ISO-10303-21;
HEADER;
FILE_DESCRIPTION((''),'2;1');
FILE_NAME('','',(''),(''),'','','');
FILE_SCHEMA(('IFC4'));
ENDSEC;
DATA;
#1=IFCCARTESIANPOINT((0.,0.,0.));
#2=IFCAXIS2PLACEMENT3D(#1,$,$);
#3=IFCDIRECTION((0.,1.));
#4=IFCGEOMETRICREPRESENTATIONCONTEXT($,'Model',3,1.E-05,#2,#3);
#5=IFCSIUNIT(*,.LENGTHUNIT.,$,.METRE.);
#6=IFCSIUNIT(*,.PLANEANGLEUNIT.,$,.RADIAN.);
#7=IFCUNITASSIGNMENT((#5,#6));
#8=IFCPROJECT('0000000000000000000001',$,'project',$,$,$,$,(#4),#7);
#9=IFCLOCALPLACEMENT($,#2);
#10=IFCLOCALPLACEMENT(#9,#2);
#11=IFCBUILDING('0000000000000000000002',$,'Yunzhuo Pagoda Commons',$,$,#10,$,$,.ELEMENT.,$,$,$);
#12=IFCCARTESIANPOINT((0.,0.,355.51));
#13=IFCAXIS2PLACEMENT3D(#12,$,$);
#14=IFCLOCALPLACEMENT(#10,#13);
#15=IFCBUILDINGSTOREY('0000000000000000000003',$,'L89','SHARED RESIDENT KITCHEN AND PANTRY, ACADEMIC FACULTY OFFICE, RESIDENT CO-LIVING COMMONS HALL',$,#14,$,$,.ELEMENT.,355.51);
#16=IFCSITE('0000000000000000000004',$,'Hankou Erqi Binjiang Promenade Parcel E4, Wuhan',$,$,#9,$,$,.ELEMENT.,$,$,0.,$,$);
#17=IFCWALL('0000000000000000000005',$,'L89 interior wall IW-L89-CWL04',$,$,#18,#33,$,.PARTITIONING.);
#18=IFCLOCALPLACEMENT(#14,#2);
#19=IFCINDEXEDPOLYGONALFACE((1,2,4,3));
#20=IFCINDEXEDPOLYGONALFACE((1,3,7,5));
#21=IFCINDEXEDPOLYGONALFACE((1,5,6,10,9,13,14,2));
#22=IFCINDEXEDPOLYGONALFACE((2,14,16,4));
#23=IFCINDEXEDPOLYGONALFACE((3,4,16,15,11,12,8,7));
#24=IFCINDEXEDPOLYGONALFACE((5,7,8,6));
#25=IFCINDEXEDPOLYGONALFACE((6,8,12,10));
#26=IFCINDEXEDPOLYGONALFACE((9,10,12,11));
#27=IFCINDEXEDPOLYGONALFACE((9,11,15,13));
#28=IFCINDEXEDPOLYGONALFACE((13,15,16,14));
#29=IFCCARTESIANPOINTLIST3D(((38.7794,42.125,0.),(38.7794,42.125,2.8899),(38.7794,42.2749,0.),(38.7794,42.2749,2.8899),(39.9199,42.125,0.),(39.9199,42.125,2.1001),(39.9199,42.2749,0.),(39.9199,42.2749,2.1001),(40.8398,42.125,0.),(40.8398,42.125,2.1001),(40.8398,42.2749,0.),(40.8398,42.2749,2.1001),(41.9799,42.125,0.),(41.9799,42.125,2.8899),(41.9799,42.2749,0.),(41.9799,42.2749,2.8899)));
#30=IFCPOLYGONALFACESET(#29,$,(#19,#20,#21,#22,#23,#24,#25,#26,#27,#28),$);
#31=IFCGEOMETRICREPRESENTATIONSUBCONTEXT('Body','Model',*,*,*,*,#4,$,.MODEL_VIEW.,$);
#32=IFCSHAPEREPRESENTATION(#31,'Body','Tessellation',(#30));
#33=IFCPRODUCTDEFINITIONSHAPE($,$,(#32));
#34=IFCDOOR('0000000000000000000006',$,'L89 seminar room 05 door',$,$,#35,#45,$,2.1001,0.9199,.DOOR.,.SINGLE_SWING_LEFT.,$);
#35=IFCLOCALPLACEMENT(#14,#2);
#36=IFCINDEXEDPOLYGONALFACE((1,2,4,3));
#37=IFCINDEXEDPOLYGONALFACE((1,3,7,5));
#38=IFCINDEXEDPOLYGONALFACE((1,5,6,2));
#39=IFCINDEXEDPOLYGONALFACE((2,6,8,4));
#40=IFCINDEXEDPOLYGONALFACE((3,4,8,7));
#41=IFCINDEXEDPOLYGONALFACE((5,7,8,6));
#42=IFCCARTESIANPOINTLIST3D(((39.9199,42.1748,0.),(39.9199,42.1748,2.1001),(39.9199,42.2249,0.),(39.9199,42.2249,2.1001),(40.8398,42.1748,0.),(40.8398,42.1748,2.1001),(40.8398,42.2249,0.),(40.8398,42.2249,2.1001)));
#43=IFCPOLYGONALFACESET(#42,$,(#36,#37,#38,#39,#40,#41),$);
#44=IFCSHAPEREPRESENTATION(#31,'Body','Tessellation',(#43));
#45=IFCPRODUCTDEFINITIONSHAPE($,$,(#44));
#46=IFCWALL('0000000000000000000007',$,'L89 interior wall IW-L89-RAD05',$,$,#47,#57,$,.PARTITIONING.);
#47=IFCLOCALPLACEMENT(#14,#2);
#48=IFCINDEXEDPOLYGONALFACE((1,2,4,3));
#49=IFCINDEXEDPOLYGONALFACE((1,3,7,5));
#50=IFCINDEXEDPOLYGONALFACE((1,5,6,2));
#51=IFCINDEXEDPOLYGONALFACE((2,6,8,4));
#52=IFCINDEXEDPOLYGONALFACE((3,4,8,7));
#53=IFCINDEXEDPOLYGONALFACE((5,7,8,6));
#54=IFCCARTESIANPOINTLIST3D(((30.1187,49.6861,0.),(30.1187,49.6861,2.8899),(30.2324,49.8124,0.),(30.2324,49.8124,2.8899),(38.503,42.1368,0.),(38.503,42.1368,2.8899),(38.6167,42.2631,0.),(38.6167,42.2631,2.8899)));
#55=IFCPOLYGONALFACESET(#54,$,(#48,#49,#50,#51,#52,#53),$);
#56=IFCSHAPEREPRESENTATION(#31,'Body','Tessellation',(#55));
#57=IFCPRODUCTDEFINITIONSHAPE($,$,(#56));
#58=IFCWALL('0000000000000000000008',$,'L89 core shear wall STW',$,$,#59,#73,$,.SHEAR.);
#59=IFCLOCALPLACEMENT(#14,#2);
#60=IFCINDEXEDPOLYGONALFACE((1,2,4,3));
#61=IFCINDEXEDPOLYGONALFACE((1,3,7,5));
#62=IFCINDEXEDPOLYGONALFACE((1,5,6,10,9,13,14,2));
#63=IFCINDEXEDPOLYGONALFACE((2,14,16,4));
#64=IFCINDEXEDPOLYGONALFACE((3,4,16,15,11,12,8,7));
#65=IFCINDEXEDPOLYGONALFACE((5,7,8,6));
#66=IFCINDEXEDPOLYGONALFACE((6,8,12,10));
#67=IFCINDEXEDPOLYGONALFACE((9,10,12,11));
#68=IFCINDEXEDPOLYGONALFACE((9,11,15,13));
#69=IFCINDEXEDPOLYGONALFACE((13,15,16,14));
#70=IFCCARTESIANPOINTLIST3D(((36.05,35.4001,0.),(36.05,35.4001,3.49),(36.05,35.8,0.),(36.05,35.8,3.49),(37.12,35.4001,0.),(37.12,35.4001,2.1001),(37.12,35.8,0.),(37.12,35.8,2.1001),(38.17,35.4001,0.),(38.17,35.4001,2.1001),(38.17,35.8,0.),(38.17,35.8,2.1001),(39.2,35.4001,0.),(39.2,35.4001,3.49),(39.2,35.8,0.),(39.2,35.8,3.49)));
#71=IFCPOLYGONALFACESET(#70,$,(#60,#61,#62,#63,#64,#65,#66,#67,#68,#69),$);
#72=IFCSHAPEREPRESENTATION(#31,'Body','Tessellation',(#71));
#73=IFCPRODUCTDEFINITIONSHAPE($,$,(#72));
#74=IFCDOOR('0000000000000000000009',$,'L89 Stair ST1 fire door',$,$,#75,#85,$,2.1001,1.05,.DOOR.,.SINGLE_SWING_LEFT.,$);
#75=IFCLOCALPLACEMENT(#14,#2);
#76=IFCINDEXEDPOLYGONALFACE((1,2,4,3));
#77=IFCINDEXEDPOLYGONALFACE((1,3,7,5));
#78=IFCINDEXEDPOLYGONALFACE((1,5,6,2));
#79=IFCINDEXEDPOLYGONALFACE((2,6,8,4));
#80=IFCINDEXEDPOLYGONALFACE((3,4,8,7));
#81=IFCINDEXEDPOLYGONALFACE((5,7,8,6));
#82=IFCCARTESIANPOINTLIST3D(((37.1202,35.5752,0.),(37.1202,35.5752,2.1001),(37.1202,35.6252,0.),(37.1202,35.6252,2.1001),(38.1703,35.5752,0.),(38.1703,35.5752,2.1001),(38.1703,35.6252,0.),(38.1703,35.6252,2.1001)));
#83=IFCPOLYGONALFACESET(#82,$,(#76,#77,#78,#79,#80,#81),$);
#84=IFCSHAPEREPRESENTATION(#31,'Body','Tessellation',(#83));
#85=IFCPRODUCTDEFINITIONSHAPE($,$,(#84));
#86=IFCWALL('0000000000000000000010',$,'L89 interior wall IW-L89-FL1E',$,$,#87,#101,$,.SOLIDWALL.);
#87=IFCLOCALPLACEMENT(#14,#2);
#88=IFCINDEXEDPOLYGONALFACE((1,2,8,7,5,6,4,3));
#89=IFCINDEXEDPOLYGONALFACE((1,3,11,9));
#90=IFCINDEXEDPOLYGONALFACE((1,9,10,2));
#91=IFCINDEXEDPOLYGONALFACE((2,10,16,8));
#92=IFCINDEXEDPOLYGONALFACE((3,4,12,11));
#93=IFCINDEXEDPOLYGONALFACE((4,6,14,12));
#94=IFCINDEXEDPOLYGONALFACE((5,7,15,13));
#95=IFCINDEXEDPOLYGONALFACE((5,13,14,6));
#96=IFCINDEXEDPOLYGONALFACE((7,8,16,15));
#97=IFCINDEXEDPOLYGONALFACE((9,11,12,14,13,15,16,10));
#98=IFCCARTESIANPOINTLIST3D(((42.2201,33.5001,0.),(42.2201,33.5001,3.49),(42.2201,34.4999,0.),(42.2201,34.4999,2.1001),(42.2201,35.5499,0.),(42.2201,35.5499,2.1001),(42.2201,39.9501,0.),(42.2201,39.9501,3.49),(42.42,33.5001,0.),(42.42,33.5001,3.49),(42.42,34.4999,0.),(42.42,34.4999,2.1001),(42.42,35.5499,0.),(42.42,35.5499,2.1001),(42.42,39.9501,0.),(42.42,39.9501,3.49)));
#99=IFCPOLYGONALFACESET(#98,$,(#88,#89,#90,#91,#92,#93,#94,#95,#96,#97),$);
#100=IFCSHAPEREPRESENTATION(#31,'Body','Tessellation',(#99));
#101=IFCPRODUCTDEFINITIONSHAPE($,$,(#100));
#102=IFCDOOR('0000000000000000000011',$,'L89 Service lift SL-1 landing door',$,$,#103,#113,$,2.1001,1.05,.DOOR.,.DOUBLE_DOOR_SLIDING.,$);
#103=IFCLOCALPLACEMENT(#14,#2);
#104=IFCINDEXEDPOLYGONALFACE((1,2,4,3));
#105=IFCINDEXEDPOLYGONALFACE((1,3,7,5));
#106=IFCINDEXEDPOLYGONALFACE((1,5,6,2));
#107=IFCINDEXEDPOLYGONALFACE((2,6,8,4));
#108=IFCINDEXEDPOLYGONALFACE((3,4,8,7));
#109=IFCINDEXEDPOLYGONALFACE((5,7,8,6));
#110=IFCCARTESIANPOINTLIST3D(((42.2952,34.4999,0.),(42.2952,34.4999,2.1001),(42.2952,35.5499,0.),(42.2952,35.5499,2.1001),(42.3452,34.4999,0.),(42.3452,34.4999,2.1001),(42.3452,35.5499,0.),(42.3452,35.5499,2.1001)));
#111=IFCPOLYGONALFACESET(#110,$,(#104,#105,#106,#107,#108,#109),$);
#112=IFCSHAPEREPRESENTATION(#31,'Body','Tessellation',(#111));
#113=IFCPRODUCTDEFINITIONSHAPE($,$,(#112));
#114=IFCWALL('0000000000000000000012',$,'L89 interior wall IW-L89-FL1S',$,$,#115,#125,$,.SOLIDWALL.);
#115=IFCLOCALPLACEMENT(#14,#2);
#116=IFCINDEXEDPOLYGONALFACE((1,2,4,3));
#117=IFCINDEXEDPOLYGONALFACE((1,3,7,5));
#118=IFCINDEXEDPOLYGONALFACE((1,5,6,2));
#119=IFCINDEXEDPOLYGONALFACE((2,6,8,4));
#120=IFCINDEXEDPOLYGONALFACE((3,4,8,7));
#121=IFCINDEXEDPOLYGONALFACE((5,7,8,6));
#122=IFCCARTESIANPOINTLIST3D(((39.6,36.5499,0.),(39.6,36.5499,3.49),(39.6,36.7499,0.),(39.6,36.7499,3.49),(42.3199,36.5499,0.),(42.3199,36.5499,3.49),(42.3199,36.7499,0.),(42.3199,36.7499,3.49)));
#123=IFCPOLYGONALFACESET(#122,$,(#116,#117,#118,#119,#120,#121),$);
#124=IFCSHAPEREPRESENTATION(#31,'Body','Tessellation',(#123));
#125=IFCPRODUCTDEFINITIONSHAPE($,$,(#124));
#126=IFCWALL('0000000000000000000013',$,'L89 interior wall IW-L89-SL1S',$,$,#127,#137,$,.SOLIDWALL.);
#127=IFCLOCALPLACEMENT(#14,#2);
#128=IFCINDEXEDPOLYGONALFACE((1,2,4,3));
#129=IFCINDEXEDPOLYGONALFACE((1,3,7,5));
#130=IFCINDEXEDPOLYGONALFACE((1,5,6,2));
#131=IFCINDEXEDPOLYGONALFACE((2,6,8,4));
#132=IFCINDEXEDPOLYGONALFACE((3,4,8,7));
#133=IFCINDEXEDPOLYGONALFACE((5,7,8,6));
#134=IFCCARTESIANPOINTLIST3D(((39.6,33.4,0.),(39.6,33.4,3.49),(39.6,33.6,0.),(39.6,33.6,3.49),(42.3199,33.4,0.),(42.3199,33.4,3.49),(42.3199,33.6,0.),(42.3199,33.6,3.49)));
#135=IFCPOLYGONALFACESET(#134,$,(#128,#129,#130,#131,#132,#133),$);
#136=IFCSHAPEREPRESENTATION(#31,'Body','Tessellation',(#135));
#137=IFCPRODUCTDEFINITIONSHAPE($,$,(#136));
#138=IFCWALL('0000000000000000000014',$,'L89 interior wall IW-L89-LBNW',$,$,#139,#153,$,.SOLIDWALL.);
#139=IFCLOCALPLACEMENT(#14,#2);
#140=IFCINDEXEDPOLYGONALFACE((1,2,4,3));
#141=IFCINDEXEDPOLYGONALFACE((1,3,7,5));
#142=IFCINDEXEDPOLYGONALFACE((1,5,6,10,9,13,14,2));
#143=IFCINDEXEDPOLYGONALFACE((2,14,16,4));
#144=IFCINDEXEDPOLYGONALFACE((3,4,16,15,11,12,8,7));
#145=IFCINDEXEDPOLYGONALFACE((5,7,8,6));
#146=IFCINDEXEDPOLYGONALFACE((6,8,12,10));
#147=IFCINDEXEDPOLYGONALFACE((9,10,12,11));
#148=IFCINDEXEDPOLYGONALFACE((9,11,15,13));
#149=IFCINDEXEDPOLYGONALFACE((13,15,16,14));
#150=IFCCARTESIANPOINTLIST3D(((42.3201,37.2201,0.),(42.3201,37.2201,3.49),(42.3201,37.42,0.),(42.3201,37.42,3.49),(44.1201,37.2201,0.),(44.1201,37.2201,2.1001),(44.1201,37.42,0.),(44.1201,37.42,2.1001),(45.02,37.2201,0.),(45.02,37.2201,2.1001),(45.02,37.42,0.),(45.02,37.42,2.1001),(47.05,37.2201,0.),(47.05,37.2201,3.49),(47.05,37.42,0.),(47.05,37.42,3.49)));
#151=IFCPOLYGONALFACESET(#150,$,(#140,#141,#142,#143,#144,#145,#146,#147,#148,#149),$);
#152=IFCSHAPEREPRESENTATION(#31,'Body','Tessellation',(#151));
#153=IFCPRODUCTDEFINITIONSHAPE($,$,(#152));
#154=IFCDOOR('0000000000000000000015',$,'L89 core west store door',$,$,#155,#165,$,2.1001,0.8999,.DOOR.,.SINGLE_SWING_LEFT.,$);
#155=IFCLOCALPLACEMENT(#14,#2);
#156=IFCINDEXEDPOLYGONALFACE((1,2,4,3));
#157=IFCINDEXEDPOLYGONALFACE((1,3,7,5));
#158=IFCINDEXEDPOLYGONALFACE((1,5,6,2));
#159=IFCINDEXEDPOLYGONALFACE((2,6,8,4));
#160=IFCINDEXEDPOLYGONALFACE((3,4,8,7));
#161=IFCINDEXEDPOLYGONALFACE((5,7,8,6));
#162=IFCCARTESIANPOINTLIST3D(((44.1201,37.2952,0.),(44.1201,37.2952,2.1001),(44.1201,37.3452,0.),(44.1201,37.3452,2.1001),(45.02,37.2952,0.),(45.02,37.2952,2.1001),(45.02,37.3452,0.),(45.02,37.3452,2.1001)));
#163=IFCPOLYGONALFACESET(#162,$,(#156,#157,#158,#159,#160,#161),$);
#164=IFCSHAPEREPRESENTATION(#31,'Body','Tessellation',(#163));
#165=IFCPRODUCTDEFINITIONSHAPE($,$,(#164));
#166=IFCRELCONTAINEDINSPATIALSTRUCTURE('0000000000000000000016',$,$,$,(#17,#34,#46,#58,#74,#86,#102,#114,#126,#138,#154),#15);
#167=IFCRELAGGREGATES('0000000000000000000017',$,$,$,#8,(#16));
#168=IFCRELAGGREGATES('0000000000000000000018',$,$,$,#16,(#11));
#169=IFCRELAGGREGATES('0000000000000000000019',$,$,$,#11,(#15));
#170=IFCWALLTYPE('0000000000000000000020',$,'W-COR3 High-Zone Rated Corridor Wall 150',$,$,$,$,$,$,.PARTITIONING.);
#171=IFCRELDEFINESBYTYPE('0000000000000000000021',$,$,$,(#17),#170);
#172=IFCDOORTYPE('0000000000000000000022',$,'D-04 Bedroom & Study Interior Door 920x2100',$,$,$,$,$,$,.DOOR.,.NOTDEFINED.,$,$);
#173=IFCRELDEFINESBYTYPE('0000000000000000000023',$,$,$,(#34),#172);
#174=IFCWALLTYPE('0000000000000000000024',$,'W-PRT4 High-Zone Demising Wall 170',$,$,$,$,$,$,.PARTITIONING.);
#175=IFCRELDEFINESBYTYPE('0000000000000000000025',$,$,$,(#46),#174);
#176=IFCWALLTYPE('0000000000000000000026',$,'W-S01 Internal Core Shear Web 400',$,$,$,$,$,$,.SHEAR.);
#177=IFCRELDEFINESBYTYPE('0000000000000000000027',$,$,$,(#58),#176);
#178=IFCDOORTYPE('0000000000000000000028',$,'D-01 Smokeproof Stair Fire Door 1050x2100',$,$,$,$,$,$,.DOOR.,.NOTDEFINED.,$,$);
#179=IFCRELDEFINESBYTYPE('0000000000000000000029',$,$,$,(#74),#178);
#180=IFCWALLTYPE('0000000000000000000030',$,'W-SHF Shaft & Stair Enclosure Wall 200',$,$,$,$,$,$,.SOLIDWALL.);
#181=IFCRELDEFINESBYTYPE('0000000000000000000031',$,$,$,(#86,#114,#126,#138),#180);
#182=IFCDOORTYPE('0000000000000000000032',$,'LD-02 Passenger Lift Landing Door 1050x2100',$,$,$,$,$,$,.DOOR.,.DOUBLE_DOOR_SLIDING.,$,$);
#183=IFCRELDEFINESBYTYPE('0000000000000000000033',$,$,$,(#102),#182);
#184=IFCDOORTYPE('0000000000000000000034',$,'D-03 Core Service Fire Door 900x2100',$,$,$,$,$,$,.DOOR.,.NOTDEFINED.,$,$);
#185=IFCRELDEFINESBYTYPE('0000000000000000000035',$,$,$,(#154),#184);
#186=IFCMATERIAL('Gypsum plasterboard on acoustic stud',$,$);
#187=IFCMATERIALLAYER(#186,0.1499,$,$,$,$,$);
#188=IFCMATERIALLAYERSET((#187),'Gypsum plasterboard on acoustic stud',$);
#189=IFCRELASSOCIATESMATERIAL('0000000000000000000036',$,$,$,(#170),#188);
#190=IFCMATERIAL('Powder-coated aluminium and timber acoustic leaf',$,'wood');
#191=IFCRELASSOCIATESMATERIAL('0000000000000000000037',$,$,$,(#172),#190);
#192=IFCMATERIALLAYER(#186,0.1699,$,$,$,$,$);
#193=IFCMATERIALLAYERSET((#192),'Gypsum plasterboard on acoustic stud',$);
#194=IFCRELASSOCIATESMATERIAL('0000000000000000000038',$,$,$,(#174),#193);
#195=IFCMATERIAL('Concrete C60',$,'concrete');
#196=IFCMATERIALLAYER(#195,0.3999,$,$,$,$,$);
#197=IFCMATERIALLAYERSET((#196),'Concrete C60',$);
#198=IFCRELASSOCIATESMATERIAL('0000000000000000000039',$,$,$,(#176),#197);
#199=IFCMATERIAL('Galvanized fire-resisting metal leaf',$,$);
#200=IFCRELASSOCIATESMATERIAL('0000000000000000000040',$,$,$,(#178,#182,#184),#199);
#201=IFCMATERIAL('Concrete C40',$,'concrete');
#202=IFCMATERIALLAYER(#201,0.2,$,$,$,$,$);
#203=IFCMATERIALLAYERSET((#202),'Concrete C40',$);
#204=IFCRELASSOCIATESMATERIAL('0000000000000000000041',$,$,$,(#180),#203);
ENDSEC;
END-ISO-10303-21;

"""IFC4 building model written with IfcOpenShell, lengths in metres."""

from ifc_helpers import new_model, si_unit, direction, frame, frame_2d, origin, origin_with_axes, place, context, subcontext, project, spatial, rectangle, extrude, source, transform, mapped, material, layer, layer_set, type_object, element, fill, save


model = new_model("IFC4")

# Units and contexts
model_context = context("Model", 3, precision=1e-05, world=origin(), true_north=direction((0.0, 1.0)))
body_context = subcontext(model_context, "Body", "Model", "MODEL_VIEW")
ifc_project = project(units=[si_unit("LENGTHUNIT", "METRE"), si_unit("PLANEANGLEUNIT", "RADIAN")], contexts=[model_context])

# Site, building, storey
site_placement = place(None, origin())
site = spatial("IfcSite", under=ifc_project, at=site_placement, Name="Hankou Erqi Binjiang Promenade Parcel E4, Wuhan", CompositionType="ELEMENT", RefElevation=0.0)
building_placement = place(site_placement, origin())
building = spatial("IfcBuilding", under=site, at=building_placement, Name="Yunzhuo Pagoda Commons", CompositionType="ELEMENT")
storey_placement = place(building_placement, frame((0.0, 0.0, 355.51)))
storey = spatial("IfcBuildingStorey", under=building, at=storey_placement, Name="L89", Description="SHARED RESIDENT KITCHEN AND PANTRY, ACADEMIC FACULTY OFFICE, RESIDENT CO-LIVING COMMONS HALL", CompositionType="ELEMENT", Elevation=355.51)

# Shared definitions
ifc_material_1 = material(Name="Gypsum plasterboard on acoustic stud")
ifc_layer_1 = layer(ifc_material_1, 0.1499)
ifc_layer_set_1 = layer_set([ifc_layer_1], Name="Gypsum plasterboard on acoustic stud")
wall_type_1 = type_object("IfcWallType", Name="W-COR3 High-Zone Rated Corridor Wall 150", PredefinedType="PARTITIONING", material=ifc_layer_set_1)
ifc_material_2 = material(Name="Powder-coated aluminium and timber acoustic leaf", Category="wood")
door_type_1 = type_object("IfcDoorType", Name="D-04 Bedroom & Study Interior Door 920x2100", OperationType="NOTDEFINED", PredefinedType="DOOR", material=ifc_material_2)
shared_shape_1 = source(origin(), body_context, "Body", "SweptSolid", [
    extrude(rectangle(XDim=0.9199, YDim=2.1001, at=frame_2d((0.46, 1.05))), frame((0.0, 0.0249, 0.0), z_axis=(0.0, -1.0, 0.0), x_axis=(1.0, 0.0, 0.0)), (0.0, 0.0, 1.0), 0.05),
])

# Wall, opening, door
wall_1_placement = place(storey_placement, frame((38.7795, 42.2, 0.0), z_axis=(0.0, 0.0, 1.0), x_axis=(1.0, 0.0, 0.0)))
wall_1 = element("IfcWall", 1, at=wall_1_placement, inside=storey, type_object=wall_type_1, Name="L89 interior wall IW-L89-CWL04", PredefinedType="PARTITIONING", context=body_context, shape_type="SweptSolid", body=[
    extrude(rectangle(XDim=3.2004, YDim=0.1499, at=frame_2d((1.6001, 0.0))), origin(), (0.0, 0.0, 1.0), 2.8899),
])
opening_1_placement = place(wall_1_placement, frame((1.1404, 0.0, 0.0)))
opening_1 = element("IfcOpeningElement", 2, at=opening_1_placement, cuts=wall_1, PredefinedType="OPENING", context=body_context, shape_type="SweptSolid", body=[
    extrude(rectangle(XDim=0.9199, YDim=2.1001, at=frame_2d((0.46, 1.05))), frame((0.0, 0.085, 0.0), z_axis=(0.0, -1.0, 0.0), x_axis=(1.0, 0.0, 0.0)), (0.0, 0.0, 1.0), 0.1699),
])
door_1_placement = place(opening_1_placement, origin_with_axes())
door_1 = element("IfcDoor", 3, at=door_1_placement, inside=storey, type_object=door_type_1, Name="L89 seminar room 05 door", OperationType="SINGLE_SWING_LEFT", OverallHeight=2.1001, OverallWidth=0.9199, PredefinedType="DOOR", context=body_context, shape_type="MappedRepresentation", body=[
    mapped(shared_shape_1, transform((0.0, 0.0, 0.0), scale=1.0)),
])
fill(opening_1, door_1)

# Wall
ifc_layer_2 = layer(ifc_material_1, 0.1699)
ifc_layer_set_2 = layer_set([ifc_layer_2], Name="Gypsum plasterboard on acoustic stud")
wall_type_2 = type_object("IfcWallType", Name="W-PRT4 High-Zone Demising Wall 170", PredefinedType="PARTITIONING", material=ifc_layer_set_2)
wall_2_placement = place(storey_placement, frame((38.5598, 42.2, 0.0), z_axis=(0.0, 0.0, 1.0), x_axis=(-0.743141, 0.669134, 0.0)))
element("IfcWall", 4, at=wall_2_placement, inside=storey, type_object=wall_type_2, Name="L89 interior wall IW-L89-RAD05", PredefinedType="PARTITIONING", context=body_context, shape_type="SweptSolid", body=[
    extrude(rectangle(XDim=11.2822, YDim=0.1699, at=frame_2d((5.6411, 0.0))), origin(), (0.0, 0.0, 1.0), 2.8899),
])

# Walls, openings, doors
ifc_material_3 = material(Name="Concrete C60", Category="concrete")
ifc_layer_3 = layer(ifc_material_3, 0.3999)
ifc_layer_set_3 = layer_set([ifc_layer_3], Name="Concrete C60")
wall_type_3 = type_object("IfcWallType", Name="W-S01 Internal Core Shear Web 400", PredefinedType="SHEAR", material=ifc_layer_set_3)
wall_3_placement = place(storey_placement, frame((36.05, 35.6001, 0.0), z_axis=(0.0, 0.0, 1.0), x_axis=(1.0, 0.0, 0.0)))
wall_3 = element("IfcWall", 5, at=wall_3_placement, inside=storey, type_object=wall_type_3, Name="L89 core shear wall STW", PredefinedType="SHEAR", context=body_context, shape_type="SweptSolid", body=[
    extrude(rectangle(XDim=3.1499, YDim=0.3999, at=frame_2d((1.575, 0.0))), origin(), (0.0, 0.0, 1.0), 3.49),
])
opening_2_placement = place(wall_3_placement, frame((1.0701, 0.0, 0.0)))
opening_2 = element("IfcOpeningElement", 6, at=opening_2_placement, cuts=wall_3, PredefinedType="OPENING", context=body_context, shape_type="SweptSolid", body=[
    extrude(rectangle(XDim=1.05, YDim=2.1001, at=frame_2d((0.5249, 1.05))), frame((0.0, 0.21, 0.0), z_axis=(0.0, -1.0, 0.0), x_axis=(1.0, 0.0, 0.0)), (0.0, 0.0, 1.0), 0.4199),
])
ifc_material_4 = material(Name="Galvanized fire-resisting metal leaf")
door_type_2 = type_object("IfcDoorType", Name="D-01 Smokeproof Stair Fire Door 1050x2100", OperationType="NOTDEFINED", PredefinedType="DOOR", material=ifc_material_4)
shared_shape_2 = source(origin(), body_context, "Body", "SweptSolid", [
    extrude(rectangle(XDim=1.05, YDim=2.1001, at=frame_2d((0.5249, 1.05))), frame((0.0, 0.0249, 0.0), z_axis=(0.0, -1.0, 0.0), x_axis=(1.0, 0.0, 0.0)), (0.0, 0.0, 1.0), 0.05),
])
door_2_placement = place(opening_2_placement, frame((1.05, 0.0, 0.0), z_axis=(0.0, 0.0, 1.0), x_axis=(-1.0, 0.0, 0.0)))
door_2 = element("IfcDoor", 7, at=door_2_placement, inside=storey, type_object=door_type_2, Name="L89 Stair ST1 fire door", OperationType="SINGLE_SWING_LEFT", OverallHeight=2.1001, OverallWidth=1.05, PredefinedType="DOOR", context=body_context, shape_type="MappedRepresentation", body=[
    mapped(shared_shape_2, transform((0.0, 0.0, 0.0), scale=1.0)),
])
fill(opening_2, door_2)
ifc_material_5 = material(Name="Concrete C40", Category="concrete")
ifc_layer_4 = layer(ifc_material_5, 0.2)
ifc_layer_set_4 = layer_set([ifc_layer_4], Name="Concrete C40")
wall_type_4 = type_object("IfcWallType", Name="W-SHF Shaft & Stair Enclosure Wall 200", PredefinedType="SOLIDWALL", material=ifc_layer_set_4)
wall_4_placement = place(storey_placement, frame((42.3201, 33.5, 0.0), z_axis=(0.0, 0.0, 1.0), x_axis=(0.0, 1.0, 0.0)))
wall_4 = element("IfcWall", 8, at=wall_4_placement, inside=storey, type_object=wall_type_4, Name="L89 interior wall IW-L89-FL1E", PredefinedType="SOLIDWALL", context=body_context, shape_type="SweptSolid", body=[
    extrude(rectangle(XDim=6.45, YDim=0.2, at=frame_2d((3.2251, 0.0))), origin(), (0.0, 0.0, 1.0), 3.49),
])
opening_3_placement = place(wall_4_placement, frame((1.0, 0.0, 0.0)))
opening_3 = element("IfcOpeningElement", 9, at=opening_3_placement, cuts=wall_4, PredefinedType="OPENING", context=body_context, shape_type="SweptSolid", body=[
    extrude(rectangle(XDim=1.05, YDim=2.1001, at=frame_2d((0.5249, 1.05))), frame((0.0, 0.1099, 0.0), z_axis=(0.0, -1.0, 0.0), x_axis=(1.0, 0.0, 0.0)), (0.0, 0.0, 1.0), 0.22),
])
door_type_3 = type_object("IfcDoorType", Name="LD-02 Passenger Lift Landing Door 1050x2100", OperationType="DOUBLE_DOOR_SLIDING", PredefinedType="DOOR", material=ifc_material_4)
door_3_placement = place(opening_3_placement, origin_with_axes())
door_3 = element("IfcDoor", 10, at=door_3_placement, inside=storey, type_object=door_type_3, Name="L89 Service lift SL-1 landing door", OperationType="DOUBLE_DOOR_SLIDING", OverallHeight=2.1001, OverallWidth=1.05, PredefinedType="DOOR", context=body_context, shape_type="MappedRepresentation", body=[
    mapped(shared_shape_2, transform((0.0, 0.0, 0.0), scale=1.0)),
])
fill(opening_3, door_3)

# Walls
for number, where, z_axis, x_axis, name in (
    (11, (39.6001, 36.6499, 0.0), (0.0, 0.0, 1.0), (1.0, 0.0, 0.0), "L89 interior wall IW-L89-FL1S"),
    (12, (39.6001, 33.5, 0.0), (0.0, 0.0, 1.0), (1.0, 0.0, 0.0), "L89 interior wall IW-L89-SL1S"),
):
    element("IfcWall", number, at=place(storey_placement, frame(where, z_axis=z_axis, x_axis=x_axis)), inside=storey, type_object=wall_type_4, Name=name, PredefinedType="SOLIDWALL", context=body_context, shape_type="SweptSolid", body=[
        extrude(rectangle(XDim=2.72, YDim=0.2, at=frame_2d((1.3599, 0.0))), origin(), (0.0, 0.0, 1.0), 3.49),
    ])

# Wall, opening, door
wall_5_placement = place(storey_placement, frame((42.3201, 37.3201, 0.0), z_axis=(0.0, 0.0, 1.0), x_axis=(1.0, 0.0, 0.0)))
wall_5 = element("IfcWall", 13, at=wall_5_placement, inside=storey, type_object=wall_type_4, Name="L89 interior wall IW-L89-LBNW", PredefinedType="SOLIDWALL", context=body_context, shape_type="SweptSolid", body=[
    extrude(rectangle(XDim=4.73, YDim=0.2, at=frame_2d((2.365, 0.0))), origin(), (0.0, 0.0, 1.0), 3.49),
])
opening_4_placement = place(wall_5_placement, frame((1.8, 0.0, 0.0)))
opening_4 = element("IfcOpeningElement", 14, at=opening_4_placement, cuts=wall_5, PredefinedType="OPENING", context=body_context, shape_type="SweptSolid", body=[
    extrude(rectangle(XDim=0.8999, YDim=2.1001, at=frame_2d((0.45, 1.05))), frame((0.0, 0.1099, 0.0), z_axis=(0.0, -1.0, 0.0), x_axis=(1.0, 0.0, 0.0)), (0.0, 0.0, 1.0), 0.22),
])
door_type_4 = type_object("IfcDoorType", Name="D-03 Core Service Fire Door 900x2100", OperationType="NOTDEFINED", PredefinedType="DOOR", material=ifc_material_4)
shared_shape_3 = source(origin(), body_context, "Body", "SweptSolid", [
    extrude(rectangle(XDim=0.8999, YDim=2.1001, at=frame_2d((0.45, 1.05))), frame((0.0, 0.0249, 0.0), z_axis=(0.0, -1.0, 0.0), x_axis=(1.0, 0.0, 0.0)), (0.0, 0.0, 1.0), 0.05),
])
door_4_placement = place(opening_4_placement, frame((0.8999, 0.0, 0.0), z_axis=(0.0, 0.0, 1.0), x_axis=(-1.0, 0.0, 0.0)))
door_4 = element("IfcDoor", 15, at=door_4_placement, inside=storey, type_object=door_type_4, Name="L89 core west store door", OperationType="SINGLE_SWING_LEFT", OverallHeight=2.1001, OverallWidth=0.8999, PredefinedType="DOOR", context=body_context, shape_type="MappedRepresentation", body=[
    mapped(shared_shape_3, transform((0.0, 0.0, 0.0), scale=1.0)),
])
fill(opening_4, door_4)

save(model, "model.ifc")
